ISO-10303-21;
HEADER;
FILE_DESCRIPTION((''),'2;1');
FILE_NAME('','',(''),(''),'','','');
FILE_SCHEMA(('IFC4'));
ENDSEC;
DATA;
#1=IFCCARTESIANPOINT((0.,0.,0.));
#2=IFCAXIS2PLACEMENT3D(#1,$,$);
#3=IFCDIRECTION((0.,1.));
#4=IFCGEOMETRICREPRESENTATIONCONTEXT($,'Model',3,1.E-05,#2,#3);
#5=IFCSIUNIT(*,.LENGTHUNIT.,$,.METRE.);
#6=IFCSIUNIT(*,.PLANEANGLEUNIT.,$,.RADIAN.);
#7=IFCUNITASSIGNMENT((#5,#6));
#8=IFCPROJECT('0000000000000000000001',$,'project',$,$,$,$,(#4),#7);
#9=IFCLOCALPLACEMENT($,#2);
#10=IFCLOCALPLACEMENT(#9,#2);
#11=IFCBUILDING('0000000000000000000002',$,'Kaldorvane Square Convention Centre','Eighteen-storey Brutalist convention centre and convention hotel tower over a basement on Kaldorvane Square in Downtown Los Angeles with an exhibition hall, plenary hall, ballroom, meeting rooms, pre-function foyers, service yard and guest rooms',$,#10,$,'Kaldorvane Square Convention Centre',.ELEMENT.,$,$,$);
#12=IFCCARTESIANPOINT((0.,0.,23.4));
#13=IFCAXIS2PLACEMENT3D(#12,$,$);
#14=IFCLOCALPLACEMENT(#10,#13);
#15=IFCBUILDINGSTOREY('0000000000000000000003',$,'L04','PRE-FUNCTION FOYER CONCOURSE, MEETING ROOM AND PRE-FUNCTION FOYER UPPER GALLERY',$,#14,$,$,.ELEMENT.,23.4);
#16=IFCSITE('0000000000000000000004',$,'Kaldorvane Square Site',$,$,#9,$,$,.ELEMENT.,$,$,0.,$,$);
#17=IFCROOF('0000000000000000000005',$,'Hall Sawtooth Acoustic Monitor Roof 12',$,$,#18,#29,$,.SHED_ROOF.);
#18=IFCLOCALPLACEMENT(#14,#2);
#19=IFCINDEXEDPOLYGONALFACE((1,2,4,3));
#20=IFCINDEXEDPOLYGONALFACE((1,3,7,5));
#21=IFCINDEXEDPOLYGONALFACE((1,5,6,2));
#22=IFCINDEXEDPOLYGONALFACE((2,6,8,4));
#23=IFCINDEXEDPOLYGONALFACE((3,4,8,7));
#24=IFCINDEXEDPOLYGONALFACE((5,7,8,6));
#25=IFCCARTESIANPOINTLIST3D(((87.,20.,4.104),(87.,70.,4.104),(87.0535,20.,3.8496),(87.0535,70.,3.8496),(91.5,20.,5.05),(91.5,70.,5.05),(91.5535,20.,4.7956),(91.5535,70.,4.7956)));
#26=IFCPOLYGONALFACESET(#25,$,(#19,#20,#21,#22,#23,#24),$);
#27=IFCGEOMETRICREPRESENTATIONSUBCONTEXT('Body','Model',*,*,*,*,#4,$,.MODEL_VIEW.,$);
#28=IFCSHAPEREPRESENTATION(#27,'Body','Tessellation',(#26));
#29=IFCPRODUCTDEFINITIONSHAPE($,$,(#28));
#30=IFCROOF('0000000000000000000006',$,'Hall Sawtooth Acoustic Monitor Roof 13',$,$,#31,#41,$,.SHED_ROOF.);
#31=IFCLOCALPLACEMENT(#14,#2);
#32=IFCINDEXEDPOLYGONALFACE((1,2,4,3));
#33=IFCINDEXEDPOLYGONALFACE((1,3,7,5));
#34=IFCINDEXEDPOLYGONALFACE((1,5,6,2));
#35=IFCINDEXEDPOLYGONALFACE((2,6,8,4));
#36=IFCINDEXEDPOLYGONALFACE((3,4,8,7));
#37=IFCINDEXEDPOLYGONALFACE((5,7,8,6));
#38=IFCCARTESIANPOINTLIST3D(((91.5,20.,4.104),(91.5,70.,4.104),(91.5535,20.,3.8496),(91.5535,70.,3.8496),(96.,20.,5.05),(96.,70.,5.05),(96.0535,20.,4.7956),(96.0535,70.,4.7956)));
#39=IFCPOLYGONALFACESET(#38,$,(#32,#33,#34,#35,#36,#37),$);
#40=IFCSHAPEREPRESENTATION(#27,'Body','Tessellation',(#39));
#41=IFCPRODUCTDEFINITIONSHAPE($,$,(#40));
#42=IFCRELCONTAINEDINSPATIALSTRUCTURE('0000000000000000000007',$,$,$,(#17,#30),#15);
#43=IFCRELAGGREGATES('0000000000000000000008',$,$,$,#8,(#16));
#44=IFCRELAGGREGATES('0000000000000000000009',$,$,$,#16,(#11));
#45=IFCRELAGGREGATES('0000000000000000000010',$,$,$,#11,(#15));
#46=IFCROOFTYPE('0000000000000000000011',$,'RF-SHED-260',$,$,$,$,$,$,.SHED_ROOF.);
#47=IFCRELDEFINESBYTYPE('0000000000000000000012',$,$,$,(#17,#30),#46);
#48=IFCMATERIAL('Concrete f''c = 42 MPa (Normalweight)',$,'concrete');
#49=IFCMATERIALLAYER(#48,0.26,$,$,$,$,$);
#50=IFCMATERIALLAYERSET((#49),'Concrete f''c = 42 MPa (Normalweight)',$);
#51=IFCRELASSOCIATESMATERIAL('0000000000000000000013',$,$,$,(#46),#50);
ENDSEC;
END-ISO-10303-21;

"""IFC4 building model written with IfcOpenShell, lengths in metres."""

from ifc_helpers import new_model, si_unit, direction, frame, origin, place, context, subcontext, project, spatial, polyline, outline, extrude, material, layer, layer_set, type_object, element, save


model = new_model("IFC4")

# Units and contexts
model_context = context("Model", 3, precision=1e-05, world=origin(), true_north=direction((0.0, 1.0)))
body_context = subcontext(model_context, "Body", "Model", "MODEL_VIEW")
ifc_project = project(units=[si_unit("LENGTHUNIT", "METRE"), si_unit("PLANEANGLEUNIT", "RADIAN")], contexts=[model_context])

# Site, building, storey
site_placement = place(None, origin())
site = spatial("IfcSite", under=ifc_project, at=site_placement, Name="Kaldorvane Square Site", CompositionType="ELEMENT", RefElevation=0.0)
building_placement = place(site_placement, origin())
building = spatial("IfcBuilding", under=site, at=building_placement, Name="Kaldorvane Square Convention Centre", Description="Eighteen-storey Brutalist convention centre and convention hotel tower over a basement on Kaldorvane Square in Downtown Los Angeles with an exhibition hall, plenary hall, ballroom, meeting rooms, pre-function foyers, service yard and guest rooms", LongName="Kaldorvane Square Convention Centre", CompositionType="ELEMENT")
storey_placement = place(building_placement, frame((0.0, 0.0, 23.4)))
storey = spatial("IfcBuildingStorey", under=building, at=storey_placement, Name="L04", Description="PRE-FUNCTION FOYER CONCOURSE, MEETING ROOM AND PRE-FUNCTION FOYER UPPER GALLERY", CompositionType="ELEMENT", Elevation=23.4)

# Roofs
ifc_material_1 = material(Name="Concrete f'c = 42 MPa (Normalweight)", Category="concrete")
ifc_layer_1 = layer(ifc_material_1, 0.26)
ifc_layer_set_1 = layer_set([ifc_layer_1], Name="Concrete f'c = 42 MPa (Normalweight)")
roof_type = type_object("IfcRoofType", Name="RF-SHED-260", PredefinedType="SHED_ROOF", material=ifc_layer_set_1)
for number, where, z_axis, x_axis, name in (
    (1, (87.0, 20.0, 4.104), (-0.205725, 0.0, 0.97861), (0.97861, 0.0, 0.205725), "Hall Sawtooth Acoustic Monitor Roof 12"),
    (2, (91.5, 20.0, 4.104), (-0.205725, 0.0, 0.97861), (0.97861, 0.0, 0.205725), "Hall Sawtooth Acoustic Monitor Roof 13"),
):
    element("IfcRoof", number, at=place(storey_placement, frame(where, z_axis=z_axis, x_axis=x_axis)), inside=storey, type_object=roof_type, Name=name, PredefinedType="SHED_ROOF", context=body_context, shape_type="SweptSolid", body=[
        extrude(outline(polyline([(0.0, 0.0), (4.5984, 0.0), (4.5984, 50.0), (0.0, 50.0), (0.0, 0.0)])), origin(), (0.0, 0.0, -1.0), 0.26),
    ])

save(model, "model.ifc")
